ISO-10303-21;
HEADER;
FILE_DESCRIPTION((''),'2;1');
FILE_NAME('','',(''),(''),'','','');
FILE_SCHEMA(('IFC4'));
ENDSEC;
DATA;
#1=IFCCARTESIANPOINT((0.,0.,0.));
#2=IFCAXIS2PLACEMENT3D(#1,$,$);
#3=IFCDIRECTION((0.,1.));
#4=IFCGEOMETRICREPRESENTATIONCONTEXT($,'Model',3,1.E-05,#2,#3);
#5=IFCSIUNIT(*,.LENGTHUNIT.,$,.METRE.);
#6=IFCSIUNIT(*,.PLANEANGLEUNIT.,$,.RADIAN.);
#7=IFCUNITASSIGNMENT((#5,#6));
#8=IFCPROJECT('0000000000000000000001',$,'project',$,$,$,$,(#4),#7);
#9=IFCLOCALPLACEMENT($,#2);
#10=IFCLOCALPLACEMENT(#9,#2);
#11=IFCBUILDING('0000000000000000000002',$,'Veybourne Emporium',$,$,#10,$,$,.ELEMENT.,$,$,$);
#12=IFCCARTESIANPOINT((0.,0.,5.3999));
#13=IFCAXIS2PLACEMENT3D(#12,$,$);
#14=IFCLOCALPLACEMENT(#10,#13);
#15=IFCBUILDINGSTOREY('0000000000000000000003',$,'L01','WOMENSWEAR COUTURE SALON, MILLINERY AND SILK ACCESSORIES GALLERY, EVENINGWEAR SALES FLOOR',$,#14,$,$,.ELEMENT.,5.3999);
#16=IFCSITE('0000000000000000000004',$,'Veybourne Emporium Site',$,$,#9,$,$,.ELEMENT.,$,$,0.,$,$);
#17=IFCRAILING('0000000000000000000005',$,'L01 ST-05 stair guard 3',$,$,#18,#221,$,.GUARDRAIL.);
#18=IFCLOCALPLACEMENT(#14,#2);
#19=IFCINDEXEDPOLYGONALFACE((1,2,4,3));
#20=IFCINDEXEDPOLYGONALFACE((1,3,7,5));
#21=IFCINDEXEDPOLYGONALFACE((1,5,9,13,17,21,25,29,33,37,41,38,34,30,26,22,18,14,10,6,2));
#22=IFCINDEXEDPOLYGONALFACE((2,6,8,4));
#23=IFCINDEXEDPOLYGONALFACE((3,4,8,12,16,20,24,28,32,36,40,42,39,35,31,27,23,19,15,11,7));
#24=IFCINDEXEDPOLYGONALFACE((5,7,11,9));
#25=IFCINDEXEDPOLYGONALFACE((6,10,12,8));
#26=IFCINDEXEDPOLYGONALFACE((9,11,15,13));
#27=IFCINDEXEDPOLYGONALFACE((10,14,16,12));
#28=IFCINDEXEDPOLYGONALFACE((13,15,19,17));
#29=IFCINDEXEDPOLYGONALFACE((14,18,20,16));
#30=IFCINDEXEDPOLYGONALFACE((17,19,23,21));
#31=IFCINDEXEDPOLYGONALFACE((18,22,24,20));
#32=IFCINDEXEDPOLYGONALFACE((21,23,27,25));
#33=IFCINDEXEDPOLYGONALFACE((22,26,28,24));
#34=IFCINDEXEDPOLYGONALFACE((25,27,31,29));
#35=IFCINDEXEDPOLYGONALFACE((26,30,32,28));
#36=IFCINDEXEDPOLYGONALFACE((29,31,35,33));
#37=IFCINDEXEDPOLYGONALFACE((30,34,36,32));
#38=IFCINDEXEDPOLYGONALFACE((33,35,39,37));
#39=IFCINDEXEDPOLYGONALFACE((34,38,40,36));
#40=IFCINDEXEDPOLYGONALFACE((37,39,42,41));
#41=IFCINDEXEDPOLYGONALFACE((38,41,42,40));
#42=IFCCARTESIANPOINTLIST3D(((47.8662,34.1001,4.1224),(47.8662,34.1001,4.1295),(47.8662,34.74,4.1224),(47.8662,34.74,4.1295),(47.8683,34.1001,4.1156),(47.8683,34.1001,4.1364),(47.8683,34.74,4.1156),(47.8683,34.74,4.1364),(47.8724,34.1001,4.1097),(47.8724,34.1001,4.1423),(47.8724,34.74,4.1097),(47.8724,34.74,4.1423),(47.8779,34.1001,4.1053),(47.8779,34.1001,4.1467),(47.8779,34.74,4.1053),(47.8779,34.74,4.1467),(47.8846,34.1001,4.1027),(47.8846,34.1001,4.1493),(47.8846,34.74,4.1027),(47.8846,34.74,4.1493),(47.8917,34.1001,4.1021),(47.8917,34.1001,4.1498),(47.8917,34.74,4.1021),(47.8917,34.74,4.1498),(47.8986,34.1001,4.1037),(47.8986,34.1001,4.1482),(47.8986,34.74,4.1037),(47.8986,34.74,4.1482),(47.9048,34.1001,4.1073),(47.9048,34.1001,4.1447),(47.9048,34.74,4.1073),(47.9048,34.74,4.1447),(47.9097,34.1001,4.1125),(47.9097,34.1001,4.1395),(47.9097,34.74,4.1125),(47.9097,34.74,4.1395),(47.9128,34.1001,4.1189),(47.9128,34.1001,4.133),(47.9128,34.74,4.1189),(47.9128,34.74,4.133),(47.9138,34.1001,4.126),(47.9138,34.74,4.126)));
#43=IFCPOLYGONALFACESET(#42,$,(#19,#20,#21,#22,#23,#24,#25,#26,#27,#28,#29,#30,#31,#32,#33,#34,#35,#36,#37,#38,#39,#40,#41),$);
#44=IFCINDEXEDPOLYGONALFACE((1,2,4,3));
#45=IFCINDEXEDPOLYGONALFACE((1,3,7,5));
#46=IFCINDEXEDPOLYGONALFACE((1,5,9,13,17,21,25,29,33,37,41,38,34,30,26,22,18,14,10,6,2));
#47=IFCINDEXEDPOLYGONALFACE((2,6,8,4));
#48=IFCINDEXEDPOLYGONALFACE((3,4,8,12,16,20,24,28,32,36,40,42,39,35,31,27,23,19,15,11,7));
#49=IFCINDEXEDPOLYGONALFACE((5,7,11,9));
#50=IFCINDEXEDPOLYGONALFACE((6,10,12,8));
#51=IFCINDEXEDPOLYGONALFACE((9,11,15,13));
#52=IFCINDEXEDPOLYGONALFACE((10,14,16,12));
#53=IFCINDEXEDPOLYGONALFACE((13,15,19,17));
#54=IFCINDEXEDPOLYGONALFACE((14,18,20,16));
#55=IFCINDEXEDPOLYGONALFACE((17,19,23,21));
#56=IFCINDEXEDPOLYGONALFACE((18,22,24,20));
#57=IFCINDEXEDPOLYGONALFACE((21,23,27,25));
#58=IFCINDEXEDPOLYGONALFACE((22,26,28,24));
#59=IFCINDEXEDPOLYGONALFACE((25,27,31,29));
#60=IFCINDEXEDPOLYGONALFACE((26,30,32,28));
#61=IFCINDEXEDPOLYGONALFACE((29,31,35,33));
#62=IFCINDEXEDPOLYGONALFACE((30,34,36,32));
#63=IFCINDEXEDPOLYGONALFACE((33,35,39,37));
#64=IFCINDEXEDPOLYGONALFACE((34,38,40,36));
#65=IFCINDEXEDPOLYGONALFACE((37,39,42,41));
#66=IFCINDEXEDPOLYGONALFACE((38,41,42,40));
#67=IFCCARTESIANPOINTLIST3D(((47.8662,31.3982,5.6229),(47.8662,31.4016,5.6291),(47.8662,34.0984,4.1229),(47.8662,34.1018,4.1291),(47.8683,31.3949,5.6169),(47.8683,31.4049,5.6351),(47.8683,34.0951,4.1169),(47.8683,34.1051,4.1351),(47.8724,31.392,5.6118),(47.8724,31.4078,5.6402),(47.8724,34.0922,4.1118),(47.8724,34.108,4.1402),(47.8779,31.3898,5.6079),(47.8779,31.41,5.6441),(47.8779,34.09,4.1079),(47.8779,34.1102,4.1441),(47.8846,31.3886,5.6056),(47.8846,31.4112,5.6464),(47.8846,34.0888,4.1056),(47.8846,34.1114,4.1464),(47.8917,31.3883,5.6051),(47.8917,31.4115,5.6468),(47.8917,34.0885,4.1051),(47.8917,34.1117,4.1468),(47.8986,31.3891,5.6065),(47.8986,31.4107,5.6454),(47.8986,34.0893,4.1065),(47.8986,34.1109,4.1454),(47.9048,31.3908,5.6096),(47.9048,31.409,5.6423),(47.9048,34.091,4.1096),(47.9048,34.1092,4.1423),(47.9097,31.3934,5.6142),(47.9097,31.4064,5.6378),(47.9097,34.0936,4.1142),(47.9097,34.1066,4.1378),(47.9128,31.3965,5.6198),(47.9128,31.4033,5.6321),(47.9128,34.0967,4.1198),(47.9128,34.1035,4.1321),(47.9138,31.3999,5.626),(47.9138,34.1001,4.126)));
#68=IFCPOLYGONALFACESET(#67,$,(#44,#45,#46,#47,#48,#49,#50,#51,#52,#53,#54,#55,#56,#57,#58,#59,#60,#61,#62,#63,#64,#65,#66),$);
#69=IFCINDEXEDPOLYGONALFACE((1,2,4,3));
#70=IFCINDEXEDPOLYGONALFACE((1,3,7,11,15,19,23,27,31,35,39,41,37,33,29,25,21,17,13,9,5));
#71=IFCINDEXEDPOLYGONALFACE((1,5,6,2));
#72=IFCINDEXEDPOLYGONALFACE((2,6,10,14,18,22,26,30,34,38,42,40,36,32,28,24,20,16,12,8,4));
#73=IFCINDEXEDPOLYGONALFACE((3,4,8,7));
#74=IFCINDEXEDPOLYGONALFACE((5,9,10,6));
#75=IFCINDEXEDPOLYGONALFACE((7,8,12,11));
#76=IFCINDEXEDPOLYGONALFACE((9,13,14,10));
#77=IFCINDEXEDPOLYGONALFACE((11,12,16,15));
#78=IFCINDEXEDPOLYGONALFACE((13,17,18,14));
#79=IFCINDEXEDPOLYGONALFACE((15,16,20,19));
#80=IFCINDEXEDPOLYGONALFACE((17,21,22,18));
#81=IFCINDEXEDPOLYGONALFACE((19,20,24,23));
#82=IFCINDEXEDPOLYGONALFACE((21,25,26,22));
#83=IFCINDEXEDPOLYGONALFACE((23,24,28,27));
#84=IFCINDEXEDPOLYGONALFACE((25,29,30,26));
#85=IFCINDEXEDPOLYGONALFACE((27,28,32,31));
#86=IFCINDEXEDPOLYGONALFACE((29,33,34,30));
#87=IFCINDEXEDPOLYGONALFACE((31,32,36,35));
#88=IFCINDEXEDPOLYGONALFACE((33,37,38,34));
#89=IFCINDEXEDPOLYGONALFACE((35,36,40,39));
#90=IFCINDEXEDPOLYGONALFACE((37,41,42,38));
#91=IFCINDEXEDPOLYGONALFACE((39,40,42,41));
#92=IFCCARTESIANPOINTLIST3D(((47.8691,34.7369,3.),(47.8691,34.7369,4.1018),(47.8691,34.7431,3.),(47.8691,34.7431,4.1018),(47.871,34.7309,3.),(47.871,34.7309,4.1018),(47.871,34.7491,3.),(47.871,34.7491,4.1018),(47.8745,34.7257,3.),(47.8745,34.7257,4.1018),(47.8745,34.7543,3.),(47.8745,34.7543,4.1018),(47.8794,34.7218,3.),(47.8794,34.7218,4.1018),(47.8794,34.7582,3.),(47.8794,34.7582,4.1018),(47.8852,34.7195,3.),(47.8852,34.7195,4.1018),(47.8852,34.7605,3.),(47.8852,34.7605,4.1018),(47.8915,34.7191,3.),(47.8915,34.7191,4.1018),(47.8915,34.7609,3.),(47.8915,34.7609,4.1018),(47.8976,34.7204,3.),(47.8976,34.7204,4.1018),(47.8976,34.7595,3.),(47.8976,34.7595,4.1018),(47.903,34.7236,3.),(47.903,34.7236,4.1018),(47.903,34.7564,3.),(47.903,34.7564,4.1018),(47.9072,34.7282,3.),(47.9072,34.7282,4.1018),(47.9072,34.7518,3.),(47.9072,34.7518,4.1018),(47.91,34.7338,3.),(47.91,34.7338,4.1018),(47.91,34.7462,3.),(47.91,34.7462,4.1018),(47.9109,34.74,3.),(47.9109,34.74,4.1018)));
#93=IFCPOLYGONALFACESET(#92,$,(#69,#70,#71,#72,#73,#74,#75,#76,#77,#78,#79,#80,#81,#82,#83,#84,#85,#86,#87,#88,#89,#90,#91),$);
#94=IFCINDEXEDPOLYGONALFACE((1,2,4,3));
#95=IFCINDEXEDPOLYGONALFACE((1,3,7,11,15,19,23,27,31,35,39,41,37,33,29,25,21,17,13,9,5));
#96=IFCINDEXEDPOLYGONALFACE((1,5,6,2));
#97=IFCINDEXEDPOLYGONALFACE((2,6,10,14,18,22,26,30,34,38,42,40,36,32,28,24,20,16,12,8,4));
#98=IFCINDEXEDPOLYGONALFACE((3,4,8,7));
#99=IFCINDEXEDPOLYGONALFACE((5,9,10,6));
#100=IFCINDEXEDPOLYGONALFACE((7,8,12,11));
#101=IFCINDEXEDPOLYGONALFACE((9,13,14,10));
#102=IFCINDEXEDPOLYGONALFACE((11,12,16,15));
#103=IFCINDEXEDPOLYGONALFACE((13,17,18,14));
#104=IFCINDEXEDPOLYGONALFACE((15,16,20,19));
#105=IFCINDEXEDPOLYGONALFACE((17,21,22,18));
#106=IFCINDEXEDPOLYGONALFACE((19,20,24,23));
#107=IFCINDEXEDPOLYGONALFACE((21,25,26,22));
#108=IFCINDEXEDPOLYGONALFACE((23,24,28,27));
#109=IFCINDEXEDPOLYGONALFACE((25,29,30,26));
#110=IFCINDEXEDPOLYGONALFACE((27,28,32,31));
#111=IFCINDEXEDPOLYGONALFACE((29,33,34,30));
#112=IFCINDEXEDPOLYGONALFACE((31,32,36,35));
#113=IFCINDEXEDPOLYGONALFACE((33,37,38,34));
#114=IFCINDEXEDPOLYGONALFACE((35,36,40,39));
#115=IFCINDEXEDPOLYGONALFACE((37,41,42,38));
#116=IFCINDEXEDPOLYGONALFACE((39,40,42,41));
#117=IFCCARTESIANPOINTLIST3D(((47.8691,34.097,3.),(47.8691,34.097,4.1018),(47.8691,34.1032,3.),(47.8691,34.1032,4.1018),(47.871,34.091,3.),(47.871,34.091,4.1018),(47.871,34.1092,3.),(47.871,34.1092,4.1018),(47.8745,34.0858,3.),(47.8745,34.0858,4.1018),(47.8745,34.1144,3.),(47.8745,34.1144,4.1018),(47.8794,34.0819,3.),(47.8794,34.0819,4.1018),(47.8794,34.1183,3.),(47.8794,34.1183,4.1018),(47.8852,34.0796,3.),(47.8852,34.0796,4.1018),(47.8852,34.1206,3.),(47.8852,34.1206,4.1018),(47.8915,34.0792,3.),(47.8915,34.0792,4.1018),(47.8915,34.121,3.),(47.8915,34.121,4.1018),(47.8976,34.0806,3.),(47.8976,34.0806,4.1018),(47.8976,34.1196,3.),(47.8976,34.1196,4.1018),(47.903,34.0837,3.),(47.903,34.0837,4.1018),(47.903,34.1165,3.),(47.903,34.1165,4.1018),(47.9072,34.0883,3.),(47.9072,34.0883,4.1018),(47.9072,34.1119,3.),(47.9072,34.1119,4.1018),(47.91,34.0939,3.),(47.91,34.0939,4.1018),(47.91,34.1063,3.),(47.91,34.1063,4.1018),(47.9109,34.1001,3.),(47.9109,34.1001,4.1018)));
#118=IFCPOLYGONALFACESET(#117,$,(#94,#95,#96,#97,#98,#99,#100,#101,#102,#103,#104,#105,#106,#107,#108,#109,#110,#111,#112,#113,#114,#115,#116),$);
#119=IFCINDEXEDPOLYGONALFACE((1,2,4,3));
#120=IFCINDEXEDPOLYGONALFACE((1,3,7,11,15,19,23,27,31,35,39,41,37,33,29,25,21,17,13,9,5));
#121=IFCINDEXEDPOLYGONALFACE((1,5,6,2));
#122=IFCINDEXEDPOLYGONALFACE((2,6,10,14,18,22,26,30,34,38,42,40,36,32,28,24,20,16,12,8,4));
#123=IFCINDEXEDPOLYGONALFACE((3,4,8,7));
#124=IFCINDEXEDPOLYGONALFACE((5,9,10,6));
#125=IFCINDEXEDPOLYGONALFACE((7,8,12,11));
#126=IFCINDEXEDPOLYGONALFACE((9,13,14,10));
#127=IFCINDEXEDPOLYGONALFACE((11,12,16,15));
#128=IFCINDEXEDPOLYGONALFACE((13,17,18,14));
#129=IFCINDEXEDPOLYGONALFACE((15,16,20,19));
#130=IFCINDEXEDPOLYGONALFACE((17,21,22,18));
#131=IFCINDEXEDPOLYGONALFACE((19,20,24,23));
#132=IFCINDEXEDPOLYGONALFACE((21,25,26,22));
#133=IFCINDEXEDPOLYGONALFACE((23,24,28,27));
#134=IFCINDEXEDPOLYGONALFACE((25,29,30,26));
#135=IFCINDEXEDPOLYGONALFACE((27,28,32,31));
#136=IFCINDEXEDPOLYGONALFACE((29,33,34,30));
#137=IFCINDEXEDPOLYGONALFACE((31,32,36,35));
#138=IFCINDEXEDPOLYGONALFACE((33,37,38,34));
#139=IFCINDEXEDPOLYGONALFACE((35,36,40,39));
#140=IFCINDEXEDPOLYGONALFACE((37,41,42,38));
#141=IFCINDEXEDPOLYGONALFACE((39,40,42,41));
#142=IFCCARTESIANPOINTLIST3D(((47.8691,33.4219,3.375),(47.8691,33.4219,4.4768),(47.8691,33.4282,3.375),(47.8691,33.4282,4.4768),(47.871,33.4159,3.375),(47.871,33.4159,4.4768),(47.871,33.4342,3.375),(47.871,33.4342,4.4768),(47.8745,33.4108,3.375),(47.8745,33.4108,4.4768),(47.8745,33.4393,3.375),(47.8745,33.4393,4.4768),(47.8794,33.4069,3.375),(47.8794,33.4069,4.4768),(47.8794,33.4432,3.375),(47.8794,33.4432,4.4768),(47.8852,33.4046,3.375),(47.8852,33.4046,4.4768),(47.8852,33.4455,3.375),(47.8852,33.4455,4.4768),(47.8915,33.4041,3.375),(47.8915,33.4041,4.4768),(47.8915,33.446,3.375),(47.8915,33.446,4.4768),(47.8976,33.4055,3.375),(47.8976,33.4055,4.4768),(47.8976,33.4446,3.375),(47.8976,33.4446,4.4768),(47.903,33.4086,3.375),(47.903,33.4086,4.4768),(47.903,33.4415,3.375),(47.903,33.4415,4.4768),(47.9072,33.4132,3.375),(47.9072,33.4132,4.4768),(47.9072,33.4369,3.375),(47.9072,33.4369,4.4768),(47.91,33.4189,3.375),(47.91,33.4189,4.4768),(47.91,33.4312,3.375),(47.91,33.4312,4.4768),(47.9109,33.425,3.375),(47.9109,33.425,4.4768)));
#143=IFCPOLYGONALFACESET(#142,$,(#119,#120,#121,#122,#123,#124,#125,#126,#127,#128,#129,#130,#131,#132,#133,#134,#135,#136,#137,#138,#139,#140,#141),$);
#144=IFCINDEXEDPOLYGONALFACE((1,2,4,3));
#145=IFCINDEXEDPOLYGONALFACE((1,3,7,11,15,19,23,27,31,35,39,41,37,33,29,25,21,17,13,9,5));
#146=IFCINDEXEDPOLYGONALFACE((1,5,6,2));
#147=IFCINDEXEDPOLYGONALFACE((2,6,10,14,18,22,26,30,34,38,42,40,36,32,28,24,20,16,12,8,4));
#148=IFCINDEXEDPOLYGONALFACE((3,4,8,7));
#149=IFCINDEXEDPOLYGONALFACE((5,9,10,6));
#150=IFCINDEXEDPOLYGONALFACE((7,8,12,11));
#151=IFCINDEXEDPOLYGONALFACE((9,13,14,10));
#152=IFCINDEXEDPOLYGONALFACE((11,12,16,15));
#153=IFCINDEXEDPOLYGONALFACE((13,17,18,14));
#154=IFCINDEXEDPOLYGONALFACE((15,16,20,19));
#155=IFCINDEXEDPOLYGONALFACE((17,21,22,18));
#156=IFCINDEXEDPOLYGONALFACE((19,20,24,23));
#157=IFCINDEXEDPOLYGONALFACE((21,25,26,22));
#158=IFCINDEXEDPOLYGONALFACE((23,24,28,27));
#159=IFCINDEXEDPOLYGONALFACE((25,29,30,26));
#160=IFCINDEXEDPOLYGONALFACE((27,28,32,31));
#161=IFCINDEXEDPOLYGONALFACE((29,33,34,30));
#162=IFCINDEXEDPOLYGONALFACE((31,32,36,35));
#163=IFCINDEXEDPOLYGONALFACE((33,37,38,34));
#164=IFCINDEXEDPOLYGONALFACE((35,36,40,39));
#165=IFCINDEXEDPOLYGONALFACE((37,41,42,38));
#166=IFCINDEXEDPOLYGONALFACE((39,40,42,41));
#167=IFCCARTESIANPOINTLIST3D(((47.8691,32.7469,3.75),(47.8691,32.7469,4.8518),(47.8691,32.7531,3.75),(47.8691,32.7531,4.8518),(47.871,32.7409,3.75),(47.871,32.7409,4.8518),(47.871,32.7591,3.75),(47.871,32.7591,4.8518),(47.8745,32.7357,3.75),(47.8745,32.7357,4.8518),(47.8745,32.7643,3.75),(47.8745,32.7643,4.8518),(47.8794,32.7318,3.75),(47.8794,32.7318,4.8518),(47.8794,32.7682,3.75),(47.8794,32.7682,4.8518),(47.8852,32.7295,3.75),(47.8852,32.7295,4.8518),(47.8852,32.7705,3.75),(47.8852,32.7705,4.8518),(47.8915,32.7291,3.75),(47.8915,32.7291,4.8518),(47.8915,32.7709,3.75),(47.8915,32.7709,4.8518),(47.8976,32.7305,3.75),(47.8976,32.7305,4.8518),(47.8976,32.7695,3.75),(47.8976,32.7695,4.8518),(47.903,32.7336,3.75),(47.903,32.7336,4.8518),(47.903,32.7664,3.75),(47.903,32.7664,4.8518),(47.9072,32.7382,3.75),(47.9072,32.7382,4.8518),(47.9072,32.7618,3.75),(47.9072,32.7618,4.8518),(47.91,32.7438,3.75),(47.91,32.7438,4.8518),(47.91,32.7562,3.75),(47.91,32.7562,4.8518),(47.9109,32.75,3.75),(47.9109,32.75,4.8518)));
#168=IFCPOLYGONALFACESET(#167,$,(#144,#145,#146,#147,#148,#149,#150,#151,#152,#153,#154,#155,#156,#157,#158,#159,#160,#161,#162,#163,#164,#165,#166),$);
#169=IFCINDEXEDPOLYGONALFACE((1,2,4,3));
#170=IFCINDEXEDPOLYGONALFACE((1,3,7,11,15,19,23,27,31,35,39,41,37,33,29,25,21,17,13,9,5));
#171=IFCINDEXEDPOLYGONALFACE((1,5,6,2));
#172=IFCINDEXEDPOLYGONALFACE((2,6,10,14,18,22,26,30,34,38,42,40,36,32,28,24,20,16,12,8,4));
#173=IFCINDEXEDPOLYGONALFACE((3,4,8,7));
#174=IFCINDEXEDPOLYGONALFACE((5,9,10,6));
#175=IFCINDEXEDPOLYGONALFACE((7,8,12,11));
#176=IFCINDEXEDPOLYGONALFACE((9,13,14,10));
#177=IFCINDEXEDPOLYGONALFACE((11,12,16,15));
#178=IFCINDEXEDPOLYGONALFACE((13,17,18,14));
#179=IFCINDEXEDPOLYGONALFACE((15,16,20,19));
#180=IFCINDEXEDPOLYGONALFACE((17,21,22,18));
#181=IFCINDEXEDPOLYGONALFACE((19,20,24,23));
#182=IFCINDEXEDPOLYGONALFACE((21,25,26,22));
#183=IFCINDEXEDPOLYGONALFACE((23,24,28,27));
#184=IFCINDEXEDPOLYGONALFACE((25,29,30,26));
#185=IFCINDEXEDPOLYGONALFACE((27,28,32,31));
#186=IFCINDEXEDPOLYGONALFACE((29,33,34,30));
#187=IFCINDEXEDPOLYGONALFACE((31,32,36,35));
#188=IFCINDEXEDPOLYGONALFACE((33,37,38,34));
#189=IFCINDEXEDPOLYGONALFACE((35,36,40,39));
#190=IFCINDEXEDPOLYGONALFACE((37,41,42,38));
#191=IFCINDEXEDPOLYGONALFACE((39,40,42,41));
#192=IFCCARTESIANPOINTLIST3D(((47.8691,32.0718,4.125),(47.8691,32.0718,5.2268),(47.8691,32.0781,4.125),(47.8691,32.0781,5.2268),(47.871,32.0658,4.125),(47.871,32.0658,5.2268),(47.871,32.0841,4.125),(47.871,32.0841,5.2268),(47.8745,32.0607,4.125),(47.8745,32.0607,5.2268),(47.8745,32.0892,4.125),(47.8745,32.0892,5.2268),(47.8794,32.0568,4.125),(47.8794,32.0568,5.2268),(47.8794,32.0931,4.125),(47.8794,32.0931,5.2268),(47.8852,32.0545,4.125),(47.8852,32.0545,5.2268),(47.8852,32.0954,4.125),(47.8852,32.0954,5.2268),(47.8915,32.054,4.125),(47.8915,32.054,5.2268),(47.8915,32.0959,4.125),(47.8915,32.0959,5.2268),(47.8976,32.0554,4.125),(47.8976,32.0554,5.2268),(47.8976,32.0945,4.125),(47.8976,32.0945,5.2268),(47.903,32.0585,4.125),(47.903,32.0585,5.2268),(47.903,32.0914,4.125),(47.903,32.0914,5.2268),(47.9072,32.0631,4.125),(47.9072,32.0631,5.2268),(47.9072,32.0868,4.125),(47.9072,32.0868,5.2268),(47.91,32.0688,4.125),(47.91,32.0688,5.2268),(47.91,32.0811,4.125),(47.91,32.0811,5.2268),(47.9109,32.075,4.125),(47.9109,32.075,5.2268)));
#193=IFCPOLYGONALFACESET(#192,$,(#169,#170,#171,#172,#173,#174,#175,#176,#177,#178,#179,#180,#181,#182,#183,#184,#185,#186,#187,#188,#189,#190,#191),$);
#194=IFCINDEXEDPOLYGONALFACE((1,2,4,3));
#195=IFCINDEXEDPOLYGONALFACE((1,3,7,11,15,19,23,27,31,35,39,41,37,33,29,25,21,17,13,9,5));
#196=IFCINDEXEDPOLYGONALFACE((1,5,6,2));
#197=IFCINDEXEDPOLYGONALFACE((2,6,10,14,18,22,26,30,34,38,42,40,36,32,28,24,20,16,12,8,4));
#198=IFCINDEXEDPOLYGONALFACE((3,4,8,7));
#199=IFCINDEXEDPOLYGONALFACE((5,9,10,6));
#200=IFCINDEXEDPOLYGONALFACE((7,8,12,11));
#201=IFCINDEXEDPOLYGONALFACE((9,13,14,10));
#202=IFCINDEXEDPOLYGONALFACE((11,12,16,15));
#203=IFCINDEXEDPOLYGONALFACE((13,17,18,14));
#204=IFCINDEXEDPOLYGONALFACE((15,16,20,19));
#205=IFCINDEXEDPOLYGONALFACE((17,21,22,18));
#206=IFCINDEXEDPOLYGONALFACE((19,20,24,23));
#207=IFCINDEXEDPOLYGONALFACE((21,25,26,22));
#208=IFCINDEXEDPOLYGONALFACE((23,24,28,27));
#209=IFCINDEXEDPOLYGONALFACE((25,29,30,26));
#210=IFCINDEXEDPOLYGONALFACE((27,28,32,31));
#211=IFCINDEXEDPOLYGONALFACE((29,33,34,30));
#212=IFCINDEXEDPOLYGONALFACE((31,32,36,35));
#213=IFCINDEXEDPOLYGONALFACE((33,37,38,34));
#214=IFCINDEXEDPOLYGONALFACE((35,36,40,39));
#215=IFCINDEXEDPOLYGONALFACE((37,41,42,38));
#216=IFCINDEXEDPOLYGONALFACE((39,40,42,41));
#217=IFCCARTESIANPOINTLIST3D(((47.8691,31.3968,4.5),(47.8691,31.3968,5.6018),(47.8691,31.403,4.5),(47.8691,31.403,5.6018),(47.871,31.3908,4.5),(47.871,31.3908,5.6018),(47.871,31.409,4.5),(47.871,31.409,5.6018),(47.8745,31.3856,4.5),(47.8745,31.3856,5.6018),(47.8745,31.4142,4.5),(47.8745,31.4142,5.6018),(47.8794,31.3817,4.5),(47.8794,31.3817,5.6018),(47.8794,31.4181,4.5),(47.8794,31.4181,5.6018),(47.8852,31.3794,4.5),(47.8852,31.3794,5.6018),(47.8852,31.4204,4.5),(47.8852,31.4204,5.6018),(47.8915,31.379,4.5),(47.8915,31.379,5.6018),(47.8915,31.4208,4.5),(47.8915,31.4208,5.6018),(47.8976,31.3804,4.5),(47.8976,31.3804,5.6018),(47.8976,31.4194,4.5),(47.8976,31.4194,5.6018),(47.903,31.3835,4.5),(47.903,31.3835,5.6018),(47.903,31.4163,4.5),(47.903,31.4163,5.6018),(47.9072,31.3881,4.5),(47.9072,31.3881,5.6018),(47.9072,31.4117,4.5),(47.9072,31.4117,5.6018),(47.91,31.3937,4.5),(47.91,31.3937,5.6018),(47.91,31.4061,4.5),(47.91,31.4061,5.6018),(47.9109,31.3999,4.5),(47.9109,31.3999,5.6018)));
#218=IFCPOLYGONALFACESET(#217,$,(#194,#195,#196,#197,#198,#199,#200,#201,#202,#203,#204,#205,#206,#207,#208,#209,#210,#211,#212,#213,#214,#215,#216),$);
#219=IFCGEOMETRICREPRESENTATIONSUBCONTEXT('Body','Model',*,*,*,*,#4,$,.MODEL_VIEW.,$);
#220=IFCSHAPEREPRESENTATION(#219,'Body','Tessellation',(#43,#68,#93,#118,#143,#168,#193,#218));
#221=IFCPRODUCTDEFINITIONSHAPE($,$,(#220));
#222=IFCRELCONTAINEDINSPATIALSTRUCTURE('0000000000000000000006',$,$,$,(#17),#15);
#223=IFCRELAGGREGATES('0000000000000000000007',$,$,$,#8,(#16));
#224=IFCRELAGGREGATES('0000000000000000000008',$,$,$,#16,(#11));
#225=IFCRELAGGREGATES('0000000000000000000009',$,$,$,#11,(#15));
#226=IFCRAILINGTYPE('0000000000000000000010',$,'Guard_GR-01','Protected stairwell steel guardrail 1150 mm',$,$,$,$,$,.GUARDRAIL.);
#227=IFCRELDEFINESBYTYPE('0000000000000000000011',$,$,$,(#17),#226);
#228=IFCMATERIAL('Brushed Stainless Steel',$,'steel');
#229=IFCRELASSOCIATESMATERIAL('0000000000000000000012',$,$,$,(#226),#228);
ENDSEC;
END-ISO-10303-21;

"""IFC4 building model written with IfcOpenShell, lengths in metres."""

from ifc_helpers import new_model, si_unit, direction, frame, origin, origin_2d, place, context, subcontext, project, spatial, circle, extrude, material, type_object, element, save


model = new_model("IFC4")

# Units and contexts
model_context = context("Model", 3, precision=1e-05, world=origin(), true_north=direction((0.0, 1.0)))
body_context = subcontext(model_context, "Body", "Model", "MODEL_VIEW")
ifc_project = project(units=[si_unit("LENGTHUNIT", "METRE"), si_unit("PLANEANGLEUNIT", "RADIAN")], contexts=[model_context])

# Site, building, storey
site_placement = place(None, origin())
site = spatial("IfcSite", under=ifc_project, at=site_placement, Name="Veybourne Emporium Site", CompositionType="ELEMENT", RefElevation=0.0)
building_placement = place(site_placement, origin())
building = spatial("IfcBuilding", under=site, at=building_placement, Name="Veybourne Emporium", CompositionType="ELEMENT")
storey_placement = place(building_placement, frame((0.0, 0.0, 5.3999)))
storey = spatial("IfcBuildingStorey", under=building, at=storey_placement, Name="L01", Description="WOMENSWEAR COUTURE SALON, MILLINERY AND SILK ACCESSORIES GALLERY, EVENINGWEAR SALES FLOOR", CompositionType="ELEMENT", Elevation=5.3999)

# Railing
ifc_material_1 = material(Name="Brushed Stainless Steel", Category="steel")
railing_type_1 = type_object("IfcRailingType", Name="Guard_GR-01", Description="Protected stairwell steel guardrail 1150 mm", PredefinedType="GUARDRAIL", material=ifc_material_1)
railing_1_placement = place(storey_placement, frame((47.8899, 34.74, 3.0)))
element("IfcRailing", 1, at=railing_1_placement, inside=storey, type_object=railing_type_1, Name="L01 ST-05 stair guard 3", PredefinedType="GUARDRAIL", context=body_context, shape_type="SweptSolid", body=[
    extrude(circle(Radius=0.0239, at=origin_2d()), frame((0.0, 0.0, 1.126), z_axis=(0.0, -1.0, 0.0), x_axis=(1.0, 0.0, 0.0)), (0.0, 0.0, 1.0), 0.6399),
    extrude(circle(Radius=0.0239, at=origin_2d()), frame((0.0, -0.6399, 1.126), z_axis=(0.0, -0.874172, 0.485616), x_axis=(1.0, 0.0, 0.0)), (0.0, 0.0, 1.0), 3.0889),
    extrude(circle(Radius=0.021, at=origin_2d()), origin(), (0.0, 0.0, 1.0), 1.1018),
    extrude(circle(Radius=0.021, at=origin_2d()), frame((0.0, -0.6399, 0.0)), (0.0, 0.0, 1.0), 1.1018),
    extrude(circle(Radius=0.021, at=origin_2d()), frame((0.0, -1.3149, 0.375)), (0.0, 0.0, 1.0), 1.1018),
    extrude(circle(Radius=0.021, at=origin_2d()), frame((0.0, -1.99, 0.75)), (0.0, 0.0, 1.0), 1.1018),
    extrude(circle(Radius=0.021, at=origin_2d()), frame((0.0, -2.665, 1.125)), (0.0, 0.0, 1.0), 1.1018),
    extrude(circle(Radius=0.021, at=origin_2d()), frame((0.0, -3.3401, 1.5)), (0.0, 0.0, 1.0), 1.1018),
])

save(model, "model.ifc")
